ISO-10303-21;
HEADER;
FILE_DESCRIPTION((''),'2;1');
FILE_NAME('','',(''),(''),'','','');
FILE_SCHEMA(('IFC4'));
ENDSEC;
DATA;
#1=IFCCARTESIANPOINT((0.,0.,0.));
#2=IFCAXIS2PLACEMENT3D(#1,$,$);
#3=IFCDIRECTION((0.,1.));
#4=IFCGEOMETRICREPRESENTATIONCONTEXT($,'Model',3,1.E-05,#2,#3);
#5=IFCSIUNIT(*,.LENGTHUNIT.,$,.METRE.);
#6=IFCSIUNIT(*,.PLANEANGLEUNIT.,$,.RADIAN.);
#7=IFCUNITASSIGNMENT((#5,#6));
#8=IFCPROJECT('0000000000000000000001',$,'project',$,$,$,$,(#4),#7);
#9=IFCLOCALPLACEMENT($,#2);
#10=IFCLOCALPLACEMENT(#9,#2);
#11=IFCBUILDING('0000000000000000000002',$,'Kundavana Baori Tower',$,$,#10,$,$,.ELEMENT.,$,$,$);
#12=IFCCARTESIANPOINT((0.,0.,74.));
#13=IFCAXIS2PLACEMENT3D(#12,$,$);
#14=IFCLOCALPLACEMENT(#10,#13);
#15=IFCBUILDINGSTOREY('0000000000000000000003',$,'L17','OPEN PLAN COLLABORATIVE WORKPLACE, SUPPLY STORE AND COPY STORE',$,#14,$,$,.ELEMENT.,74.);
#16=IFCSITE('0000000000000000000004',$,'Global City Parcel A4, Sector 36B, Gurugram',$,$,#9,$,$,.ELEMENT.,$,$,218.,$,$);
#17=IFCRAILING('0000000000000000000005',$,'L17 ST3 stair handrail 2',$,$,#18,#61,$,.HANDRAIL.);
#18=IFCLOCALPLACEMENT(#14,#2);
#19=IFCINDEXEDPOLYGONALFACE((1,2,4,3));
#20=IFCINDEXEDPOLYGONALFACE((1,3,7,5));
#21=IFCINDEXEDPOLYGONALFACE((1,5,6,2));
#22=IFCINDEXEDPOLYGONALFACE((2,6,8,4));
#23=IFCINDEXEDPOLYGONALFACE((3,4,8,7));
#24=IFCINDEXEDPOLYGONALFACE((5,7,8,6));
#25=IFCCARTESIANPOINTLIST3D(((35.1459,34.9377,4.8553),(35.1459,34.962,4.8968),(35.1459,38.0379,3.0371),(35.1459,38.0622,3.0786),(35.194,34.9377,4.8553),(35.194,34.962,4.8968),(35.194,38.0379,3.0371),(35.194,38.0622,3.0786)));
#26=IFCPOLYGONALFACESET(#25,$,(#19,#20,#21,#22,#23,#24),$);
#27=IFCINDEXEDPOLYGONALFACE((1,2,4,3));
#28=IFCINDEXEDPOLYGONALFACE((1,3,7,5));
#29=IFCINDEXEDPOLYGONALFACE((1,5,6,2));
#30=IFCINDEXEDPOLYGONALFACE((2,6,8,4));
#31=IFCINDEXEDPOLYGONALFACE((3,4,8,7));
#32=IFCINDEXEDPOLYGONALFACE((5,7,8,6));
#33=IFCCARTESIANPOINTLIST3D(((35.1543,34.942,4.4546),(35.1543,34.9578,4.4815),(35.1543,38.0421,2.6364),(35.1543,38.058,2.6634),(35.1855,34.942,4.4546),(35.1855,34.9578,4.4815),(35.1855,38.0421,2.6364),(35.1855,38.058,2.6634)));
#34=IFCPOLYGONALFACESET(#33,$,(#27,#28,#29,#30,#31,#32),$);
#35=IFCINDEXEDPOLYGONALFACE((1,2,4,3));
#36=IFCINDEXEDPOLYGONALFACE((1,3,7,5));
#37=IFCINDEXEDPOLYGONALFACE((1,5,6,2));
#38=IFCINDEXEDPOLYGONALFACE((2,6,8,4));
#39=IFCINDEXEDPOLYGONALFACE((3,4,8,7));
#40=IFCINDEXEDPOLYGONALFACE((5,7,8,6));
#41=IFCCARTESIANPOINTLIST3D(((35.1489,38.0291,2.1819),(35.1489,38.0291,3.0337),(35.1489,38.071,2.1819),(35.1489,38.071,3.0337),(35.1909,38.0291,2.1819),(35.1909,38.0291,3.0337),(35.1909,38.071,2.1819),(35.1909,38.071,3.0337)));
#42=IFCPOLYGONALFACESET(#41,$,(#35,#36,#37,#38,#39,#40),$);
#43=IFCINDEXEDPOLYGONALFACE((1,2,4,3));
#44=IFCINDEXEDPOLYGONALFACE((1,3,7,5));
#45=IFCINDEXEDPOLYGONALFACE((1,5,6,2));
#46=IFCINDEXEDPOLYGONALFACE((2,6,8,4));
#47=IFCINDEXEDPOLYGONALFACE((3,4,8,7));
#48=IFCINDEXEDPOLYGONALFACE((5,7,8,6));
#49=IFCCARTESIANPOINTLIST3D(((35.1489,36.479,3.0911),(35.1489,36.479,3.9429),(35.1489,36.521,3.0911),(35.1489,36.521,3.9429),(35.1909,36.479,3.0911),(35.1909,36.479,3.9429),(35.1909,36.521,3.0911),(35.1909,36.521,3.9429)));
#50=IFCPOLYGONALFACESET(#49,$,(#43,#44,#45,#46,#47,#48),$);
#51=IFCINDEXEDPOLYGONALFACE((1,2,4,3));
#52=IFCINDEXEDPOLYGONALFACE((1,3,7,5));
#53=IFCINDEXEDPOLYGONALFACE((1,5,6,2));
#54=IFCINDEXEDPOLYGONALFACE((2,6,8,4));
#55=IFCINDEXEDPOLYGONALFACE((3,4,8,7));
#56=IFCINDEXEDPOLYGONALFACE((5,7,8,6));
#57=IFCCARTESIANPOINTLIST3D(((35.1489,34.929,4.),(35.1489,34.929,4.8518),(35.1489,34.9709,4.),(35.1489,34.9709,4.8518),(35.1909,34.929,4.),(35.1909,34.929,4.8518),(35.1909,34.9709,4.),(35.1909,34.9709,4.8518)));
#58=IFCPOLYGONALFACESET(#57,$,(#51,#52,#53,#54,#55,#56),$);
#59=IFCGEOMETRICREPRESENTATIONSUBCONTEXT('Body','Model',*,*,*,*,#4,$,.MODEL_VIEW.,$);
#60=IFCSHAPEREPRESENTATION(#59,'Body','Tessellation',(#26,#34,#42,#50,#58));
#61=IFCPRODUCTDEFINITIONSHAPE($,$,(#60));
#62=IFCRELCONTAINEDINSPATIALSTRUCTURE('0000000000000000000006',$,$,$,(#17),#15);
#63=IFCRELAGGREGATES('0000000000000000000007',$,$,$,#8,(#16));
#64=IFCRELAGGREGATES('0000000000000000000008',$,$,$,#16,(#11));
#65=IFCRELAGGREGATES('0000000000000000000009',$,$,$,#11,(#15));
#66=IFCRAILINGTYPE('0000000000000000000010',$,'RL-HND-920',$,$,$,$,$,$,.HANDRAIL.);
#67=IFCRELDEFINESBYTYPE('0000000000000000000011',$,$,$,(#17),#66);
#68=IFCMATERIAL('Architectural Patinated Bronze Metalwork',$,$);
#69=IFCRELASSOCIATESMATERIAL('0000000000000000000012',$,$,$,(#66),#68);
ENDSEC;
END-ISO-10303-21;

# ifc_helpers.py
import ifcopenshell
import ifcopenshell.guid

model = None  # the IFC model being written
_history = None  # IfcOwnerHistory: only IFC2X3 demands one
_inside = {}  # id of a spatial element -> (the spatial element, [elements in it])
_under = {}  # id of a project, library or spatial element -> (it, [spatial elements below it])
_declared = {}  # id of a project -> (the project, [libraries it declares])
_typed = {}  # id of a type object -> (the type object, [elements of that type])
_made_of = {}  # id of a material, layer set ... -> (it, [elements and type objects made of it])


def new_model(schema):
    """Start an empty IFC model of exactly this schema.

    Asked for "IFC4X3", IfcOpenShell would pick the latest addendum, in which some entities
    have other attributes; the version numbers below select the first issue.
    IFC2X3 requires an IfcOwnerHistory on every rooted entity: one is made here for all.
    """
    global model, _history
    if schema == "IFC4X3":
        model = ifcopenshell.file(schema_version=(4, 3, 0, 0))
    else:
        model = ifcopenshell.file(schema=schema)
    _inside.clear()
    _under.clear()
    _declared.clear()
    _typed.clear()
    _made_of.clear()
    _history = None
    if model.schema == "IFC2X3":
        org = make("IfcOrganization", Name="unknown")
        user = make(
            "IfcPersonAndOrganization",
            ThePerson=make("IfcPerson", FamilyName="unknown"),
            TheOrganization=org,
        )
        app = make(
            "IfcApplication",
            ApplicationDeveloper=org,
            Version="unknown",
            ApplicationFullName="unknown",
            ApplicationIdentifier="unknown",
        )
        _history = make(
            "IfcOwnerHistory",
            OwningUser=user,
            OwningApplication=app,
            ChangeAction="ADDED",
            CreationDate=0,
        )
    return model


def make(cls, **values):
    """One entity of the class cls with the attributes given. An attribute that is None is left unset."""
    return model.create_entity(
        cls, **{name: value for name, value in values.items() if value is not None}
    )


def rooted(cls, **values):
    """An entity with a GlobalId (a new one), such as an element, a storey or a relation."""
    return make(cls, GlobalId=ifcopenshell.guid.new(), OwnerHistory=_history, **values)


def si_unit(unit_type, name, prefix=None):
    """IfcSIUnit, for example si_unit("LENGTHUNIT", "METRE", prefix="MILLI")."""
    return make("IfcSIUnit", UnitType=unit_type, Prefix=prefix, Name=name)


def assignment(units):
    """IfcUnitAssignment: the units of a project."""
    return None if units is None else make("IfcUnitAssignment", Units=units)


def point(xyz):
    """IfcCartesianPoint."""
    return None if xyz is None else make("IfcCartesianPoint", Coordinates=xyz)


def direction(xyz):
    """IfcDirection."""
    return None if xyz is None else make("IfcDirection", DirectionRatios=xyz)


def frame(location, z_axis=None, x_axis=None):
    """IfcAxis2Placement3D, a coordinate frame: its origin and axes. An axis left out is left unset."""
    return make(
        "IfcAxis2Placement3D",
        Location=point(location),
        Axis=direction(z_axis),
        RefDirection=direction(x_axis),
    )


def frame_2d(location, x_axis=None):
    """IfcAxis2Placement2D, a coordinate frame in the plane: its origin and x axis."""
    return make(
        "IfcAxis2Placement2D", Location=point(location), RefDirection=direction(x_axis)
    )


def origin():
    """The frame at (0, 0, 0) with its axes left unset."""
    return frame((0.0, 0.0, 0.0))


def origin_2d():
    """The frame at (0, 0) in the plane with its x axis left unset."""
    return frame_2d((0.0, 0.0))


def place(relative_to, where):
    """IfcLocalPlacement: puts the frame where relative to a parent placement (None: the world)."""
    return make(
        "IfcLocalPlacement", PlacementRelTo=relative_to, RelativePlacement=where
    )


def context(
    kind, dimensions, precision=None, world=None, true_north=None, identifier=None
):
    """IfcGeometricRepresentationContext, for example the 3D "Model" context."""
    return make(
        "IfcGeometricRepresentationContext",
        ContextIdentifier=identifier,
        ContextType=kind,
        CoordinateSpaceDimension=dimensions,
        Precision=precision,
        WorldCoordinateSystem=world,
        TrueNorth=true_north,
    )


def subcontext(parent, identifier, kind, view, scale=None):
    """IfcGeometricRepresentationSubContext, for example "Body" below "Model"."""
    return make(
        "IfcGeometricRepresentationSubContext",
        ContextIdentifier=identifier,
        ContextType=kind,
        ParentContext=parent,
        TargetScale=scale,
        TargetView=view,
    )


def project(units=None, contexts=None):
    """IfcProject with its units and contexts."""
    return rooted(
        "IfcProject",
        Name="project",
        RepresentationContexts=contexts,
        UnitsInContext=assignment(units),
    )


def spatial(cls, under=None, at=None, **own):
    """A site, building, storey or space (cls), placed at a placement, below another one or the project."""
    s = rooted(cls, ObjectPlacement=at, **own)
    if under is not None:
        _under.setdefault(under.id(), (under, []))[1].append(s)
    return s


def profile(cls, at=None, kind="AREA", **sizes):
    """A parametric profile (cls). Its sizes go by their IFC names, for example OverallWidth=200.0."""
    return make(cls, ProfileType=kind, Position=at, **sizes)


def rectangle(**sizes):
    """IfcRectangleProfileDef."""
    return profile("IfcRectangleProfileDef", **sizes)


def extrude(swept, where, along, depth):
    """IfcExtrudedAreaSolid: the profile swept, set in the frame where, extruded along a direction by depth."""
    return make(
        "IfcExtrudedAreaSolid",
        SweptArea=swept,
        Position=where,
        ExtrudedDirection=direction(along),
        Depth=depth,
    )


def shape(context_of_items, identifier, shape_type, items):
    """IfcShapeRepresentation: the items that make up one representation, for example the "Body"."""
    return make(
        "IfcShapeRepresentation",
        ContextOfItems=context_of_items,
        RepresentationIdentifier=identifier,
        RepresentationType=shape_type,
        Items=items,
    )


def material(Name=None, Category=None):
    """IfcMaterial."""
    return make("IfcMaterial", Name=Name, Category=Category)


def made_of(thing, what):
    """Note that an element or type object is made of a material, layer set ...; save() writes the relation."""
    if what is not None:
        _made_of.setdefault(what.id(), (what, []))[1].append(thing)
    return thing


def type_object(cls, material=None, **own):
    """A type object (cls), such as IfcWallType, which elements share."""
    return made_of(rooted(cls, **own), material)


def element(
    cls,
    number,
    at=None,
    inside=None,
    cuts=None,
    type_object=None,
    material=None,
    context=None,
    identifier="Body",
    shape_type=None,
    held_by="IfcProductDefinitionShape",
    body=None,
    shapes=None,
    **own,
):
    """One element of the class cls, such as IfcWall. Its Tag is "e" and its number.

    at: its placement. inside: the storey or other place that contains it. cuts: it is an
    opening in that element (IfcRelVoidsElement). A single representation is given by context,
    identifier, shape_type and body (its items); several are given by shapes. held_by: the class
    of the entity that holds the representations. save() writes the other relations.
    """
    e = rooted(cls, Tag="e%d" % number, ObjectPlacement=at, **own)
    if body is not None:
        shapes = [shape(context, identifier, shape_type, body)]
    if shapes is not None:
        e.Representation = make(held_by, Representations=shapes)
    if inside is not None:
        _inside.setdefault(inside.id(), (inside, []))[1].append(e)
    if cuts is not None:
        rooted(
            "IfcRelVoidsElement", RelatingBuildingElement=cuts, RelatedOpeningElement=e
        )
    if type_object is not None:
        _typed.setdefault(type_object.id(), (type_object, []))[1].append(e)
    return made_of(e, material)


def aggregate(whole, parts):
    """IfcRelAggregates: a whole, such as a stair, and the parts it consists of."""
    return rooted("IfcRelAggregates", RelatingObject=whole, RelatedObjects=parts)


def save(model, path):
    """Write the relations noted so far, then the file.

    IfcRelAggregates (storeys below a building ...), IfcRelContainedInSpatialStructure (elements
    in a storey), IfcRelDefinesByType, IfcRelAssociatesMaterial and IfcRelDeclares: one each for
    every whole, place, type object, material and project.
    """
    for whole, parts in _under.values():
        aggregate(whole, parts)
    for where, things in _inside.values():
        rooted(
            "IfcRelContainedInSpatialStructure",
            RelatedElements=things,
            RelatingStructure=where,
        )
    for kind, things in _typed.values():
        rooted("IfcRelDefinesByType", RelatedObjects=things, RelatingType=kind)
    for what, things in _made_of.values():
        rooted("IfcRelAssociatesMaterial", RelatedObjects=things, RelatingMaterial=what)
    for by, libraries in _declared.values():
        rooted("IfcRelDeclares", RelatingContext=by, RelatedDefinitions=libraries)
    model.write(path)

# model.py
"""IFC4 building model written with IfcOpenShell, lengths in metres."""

from ifc_helpers import new_model, si_unit, direction, frame, origin, origin_2d, place, context, subcontext, project, spatial, rectangle, extrude, material, type_object, element, save


model = new_model("IFC4")

# Units and contexts
model_context = context("Model", 3, precision=1e-05, world=origin(), true_north=direction((0.0, 1.0)))
body_context = subcontext(model_context, "Body", "Model", "MODEL_VIEW")
ifc_project = project(units=[si_unit("LENGTHUNIT", "METRE"), si_unit("PLANEANGLEUNIT", "RADIAN")], contexts=[model_context])

# Site, building, storey
site_placement = place(None, origin())
site = spatial("IfcSite", under=ifc_project, at=site_placement, Name="Global City Parcel A4, Sector 36B, Gurugram", CompositionType="ELEMENT", RefElevation=218.0)
building_placement = place(site_placement, origin())
building = spatial("IfcBuilding", under=site, at=building_placement, Name="Kundavana Baori Tower", CompositionType="ELEMENT")
storey_placement = place(building_placement, frame((0.0, 0.0, 74.0)))
storey = spatial("IfcBuildingStorey", under=building, at=storey_placement, Name="L17", Description="OPEN PLAN COLLABORATIVE WORKPLACE, SUPPLY STORE AND COPY STORE", CompositionType="ELEMENT", Elevation=74.0)

# Railing
ifc_material_1 = material(Name="Architectural Patinated Bronze Metalwork")
railing_type_1 = type_object("IfcRailingType", Name="RL-HND-920", PredefinedType="HANDRAIL", material=ifc_material_1)
railing_1_placement = place(storey_placement, frame((35.1699, 38.05, 2.1819)))
element("IfcRailing", 1, at=railing_1_placement, inside=storey, type_object=railing_type_1, Name="L17 ST3 stair handrail 2", PredefinedType="HANDRAIL", context=body_context, shape_type="SweptSolid", body=[
    extrude(rectangle(XDim=0.0481, YDim=0.0481, at=origin_2d()), frame((0.0, 0.0, 0.876), z_axis=(0.0, -0.862599, 0.505889), x_axis=(1.0, 0.0, 0.0)), (0.0, 0.0, 1.0), 3.594),
    extrude(rectangle(XDim=0.0312, YDim=0.0312, at=origin_2d()), frame((0.0, 0.0, 0.468), z_axis=(0.0, -0.862599, 0.505889), x_axis=(1.0, 0.0, 0.0)), (0.0, 0.0, 1.0), 3.594),
    extrude(rectangle(XDim=0.042, YDim=0.042, at=origin_2d()), origin(), (0.0, 0.0, 1.0), 0.8518),
    extrude(rectangle(XDim=0.042, YDim=0.042, at=origin_2d()), frame((0.0, -1.55, 0.9092)), (0.0, 0.0, 1.0), 0.8518),
    extrude(rectangle(XDim=0.042, YDim=0.042, at=origin_2d()), frame((0.0, -3.1001, 1.8181)), (0.0, 0.0, 1.0), 0.8518),
])

save(model, "model.ifc")
